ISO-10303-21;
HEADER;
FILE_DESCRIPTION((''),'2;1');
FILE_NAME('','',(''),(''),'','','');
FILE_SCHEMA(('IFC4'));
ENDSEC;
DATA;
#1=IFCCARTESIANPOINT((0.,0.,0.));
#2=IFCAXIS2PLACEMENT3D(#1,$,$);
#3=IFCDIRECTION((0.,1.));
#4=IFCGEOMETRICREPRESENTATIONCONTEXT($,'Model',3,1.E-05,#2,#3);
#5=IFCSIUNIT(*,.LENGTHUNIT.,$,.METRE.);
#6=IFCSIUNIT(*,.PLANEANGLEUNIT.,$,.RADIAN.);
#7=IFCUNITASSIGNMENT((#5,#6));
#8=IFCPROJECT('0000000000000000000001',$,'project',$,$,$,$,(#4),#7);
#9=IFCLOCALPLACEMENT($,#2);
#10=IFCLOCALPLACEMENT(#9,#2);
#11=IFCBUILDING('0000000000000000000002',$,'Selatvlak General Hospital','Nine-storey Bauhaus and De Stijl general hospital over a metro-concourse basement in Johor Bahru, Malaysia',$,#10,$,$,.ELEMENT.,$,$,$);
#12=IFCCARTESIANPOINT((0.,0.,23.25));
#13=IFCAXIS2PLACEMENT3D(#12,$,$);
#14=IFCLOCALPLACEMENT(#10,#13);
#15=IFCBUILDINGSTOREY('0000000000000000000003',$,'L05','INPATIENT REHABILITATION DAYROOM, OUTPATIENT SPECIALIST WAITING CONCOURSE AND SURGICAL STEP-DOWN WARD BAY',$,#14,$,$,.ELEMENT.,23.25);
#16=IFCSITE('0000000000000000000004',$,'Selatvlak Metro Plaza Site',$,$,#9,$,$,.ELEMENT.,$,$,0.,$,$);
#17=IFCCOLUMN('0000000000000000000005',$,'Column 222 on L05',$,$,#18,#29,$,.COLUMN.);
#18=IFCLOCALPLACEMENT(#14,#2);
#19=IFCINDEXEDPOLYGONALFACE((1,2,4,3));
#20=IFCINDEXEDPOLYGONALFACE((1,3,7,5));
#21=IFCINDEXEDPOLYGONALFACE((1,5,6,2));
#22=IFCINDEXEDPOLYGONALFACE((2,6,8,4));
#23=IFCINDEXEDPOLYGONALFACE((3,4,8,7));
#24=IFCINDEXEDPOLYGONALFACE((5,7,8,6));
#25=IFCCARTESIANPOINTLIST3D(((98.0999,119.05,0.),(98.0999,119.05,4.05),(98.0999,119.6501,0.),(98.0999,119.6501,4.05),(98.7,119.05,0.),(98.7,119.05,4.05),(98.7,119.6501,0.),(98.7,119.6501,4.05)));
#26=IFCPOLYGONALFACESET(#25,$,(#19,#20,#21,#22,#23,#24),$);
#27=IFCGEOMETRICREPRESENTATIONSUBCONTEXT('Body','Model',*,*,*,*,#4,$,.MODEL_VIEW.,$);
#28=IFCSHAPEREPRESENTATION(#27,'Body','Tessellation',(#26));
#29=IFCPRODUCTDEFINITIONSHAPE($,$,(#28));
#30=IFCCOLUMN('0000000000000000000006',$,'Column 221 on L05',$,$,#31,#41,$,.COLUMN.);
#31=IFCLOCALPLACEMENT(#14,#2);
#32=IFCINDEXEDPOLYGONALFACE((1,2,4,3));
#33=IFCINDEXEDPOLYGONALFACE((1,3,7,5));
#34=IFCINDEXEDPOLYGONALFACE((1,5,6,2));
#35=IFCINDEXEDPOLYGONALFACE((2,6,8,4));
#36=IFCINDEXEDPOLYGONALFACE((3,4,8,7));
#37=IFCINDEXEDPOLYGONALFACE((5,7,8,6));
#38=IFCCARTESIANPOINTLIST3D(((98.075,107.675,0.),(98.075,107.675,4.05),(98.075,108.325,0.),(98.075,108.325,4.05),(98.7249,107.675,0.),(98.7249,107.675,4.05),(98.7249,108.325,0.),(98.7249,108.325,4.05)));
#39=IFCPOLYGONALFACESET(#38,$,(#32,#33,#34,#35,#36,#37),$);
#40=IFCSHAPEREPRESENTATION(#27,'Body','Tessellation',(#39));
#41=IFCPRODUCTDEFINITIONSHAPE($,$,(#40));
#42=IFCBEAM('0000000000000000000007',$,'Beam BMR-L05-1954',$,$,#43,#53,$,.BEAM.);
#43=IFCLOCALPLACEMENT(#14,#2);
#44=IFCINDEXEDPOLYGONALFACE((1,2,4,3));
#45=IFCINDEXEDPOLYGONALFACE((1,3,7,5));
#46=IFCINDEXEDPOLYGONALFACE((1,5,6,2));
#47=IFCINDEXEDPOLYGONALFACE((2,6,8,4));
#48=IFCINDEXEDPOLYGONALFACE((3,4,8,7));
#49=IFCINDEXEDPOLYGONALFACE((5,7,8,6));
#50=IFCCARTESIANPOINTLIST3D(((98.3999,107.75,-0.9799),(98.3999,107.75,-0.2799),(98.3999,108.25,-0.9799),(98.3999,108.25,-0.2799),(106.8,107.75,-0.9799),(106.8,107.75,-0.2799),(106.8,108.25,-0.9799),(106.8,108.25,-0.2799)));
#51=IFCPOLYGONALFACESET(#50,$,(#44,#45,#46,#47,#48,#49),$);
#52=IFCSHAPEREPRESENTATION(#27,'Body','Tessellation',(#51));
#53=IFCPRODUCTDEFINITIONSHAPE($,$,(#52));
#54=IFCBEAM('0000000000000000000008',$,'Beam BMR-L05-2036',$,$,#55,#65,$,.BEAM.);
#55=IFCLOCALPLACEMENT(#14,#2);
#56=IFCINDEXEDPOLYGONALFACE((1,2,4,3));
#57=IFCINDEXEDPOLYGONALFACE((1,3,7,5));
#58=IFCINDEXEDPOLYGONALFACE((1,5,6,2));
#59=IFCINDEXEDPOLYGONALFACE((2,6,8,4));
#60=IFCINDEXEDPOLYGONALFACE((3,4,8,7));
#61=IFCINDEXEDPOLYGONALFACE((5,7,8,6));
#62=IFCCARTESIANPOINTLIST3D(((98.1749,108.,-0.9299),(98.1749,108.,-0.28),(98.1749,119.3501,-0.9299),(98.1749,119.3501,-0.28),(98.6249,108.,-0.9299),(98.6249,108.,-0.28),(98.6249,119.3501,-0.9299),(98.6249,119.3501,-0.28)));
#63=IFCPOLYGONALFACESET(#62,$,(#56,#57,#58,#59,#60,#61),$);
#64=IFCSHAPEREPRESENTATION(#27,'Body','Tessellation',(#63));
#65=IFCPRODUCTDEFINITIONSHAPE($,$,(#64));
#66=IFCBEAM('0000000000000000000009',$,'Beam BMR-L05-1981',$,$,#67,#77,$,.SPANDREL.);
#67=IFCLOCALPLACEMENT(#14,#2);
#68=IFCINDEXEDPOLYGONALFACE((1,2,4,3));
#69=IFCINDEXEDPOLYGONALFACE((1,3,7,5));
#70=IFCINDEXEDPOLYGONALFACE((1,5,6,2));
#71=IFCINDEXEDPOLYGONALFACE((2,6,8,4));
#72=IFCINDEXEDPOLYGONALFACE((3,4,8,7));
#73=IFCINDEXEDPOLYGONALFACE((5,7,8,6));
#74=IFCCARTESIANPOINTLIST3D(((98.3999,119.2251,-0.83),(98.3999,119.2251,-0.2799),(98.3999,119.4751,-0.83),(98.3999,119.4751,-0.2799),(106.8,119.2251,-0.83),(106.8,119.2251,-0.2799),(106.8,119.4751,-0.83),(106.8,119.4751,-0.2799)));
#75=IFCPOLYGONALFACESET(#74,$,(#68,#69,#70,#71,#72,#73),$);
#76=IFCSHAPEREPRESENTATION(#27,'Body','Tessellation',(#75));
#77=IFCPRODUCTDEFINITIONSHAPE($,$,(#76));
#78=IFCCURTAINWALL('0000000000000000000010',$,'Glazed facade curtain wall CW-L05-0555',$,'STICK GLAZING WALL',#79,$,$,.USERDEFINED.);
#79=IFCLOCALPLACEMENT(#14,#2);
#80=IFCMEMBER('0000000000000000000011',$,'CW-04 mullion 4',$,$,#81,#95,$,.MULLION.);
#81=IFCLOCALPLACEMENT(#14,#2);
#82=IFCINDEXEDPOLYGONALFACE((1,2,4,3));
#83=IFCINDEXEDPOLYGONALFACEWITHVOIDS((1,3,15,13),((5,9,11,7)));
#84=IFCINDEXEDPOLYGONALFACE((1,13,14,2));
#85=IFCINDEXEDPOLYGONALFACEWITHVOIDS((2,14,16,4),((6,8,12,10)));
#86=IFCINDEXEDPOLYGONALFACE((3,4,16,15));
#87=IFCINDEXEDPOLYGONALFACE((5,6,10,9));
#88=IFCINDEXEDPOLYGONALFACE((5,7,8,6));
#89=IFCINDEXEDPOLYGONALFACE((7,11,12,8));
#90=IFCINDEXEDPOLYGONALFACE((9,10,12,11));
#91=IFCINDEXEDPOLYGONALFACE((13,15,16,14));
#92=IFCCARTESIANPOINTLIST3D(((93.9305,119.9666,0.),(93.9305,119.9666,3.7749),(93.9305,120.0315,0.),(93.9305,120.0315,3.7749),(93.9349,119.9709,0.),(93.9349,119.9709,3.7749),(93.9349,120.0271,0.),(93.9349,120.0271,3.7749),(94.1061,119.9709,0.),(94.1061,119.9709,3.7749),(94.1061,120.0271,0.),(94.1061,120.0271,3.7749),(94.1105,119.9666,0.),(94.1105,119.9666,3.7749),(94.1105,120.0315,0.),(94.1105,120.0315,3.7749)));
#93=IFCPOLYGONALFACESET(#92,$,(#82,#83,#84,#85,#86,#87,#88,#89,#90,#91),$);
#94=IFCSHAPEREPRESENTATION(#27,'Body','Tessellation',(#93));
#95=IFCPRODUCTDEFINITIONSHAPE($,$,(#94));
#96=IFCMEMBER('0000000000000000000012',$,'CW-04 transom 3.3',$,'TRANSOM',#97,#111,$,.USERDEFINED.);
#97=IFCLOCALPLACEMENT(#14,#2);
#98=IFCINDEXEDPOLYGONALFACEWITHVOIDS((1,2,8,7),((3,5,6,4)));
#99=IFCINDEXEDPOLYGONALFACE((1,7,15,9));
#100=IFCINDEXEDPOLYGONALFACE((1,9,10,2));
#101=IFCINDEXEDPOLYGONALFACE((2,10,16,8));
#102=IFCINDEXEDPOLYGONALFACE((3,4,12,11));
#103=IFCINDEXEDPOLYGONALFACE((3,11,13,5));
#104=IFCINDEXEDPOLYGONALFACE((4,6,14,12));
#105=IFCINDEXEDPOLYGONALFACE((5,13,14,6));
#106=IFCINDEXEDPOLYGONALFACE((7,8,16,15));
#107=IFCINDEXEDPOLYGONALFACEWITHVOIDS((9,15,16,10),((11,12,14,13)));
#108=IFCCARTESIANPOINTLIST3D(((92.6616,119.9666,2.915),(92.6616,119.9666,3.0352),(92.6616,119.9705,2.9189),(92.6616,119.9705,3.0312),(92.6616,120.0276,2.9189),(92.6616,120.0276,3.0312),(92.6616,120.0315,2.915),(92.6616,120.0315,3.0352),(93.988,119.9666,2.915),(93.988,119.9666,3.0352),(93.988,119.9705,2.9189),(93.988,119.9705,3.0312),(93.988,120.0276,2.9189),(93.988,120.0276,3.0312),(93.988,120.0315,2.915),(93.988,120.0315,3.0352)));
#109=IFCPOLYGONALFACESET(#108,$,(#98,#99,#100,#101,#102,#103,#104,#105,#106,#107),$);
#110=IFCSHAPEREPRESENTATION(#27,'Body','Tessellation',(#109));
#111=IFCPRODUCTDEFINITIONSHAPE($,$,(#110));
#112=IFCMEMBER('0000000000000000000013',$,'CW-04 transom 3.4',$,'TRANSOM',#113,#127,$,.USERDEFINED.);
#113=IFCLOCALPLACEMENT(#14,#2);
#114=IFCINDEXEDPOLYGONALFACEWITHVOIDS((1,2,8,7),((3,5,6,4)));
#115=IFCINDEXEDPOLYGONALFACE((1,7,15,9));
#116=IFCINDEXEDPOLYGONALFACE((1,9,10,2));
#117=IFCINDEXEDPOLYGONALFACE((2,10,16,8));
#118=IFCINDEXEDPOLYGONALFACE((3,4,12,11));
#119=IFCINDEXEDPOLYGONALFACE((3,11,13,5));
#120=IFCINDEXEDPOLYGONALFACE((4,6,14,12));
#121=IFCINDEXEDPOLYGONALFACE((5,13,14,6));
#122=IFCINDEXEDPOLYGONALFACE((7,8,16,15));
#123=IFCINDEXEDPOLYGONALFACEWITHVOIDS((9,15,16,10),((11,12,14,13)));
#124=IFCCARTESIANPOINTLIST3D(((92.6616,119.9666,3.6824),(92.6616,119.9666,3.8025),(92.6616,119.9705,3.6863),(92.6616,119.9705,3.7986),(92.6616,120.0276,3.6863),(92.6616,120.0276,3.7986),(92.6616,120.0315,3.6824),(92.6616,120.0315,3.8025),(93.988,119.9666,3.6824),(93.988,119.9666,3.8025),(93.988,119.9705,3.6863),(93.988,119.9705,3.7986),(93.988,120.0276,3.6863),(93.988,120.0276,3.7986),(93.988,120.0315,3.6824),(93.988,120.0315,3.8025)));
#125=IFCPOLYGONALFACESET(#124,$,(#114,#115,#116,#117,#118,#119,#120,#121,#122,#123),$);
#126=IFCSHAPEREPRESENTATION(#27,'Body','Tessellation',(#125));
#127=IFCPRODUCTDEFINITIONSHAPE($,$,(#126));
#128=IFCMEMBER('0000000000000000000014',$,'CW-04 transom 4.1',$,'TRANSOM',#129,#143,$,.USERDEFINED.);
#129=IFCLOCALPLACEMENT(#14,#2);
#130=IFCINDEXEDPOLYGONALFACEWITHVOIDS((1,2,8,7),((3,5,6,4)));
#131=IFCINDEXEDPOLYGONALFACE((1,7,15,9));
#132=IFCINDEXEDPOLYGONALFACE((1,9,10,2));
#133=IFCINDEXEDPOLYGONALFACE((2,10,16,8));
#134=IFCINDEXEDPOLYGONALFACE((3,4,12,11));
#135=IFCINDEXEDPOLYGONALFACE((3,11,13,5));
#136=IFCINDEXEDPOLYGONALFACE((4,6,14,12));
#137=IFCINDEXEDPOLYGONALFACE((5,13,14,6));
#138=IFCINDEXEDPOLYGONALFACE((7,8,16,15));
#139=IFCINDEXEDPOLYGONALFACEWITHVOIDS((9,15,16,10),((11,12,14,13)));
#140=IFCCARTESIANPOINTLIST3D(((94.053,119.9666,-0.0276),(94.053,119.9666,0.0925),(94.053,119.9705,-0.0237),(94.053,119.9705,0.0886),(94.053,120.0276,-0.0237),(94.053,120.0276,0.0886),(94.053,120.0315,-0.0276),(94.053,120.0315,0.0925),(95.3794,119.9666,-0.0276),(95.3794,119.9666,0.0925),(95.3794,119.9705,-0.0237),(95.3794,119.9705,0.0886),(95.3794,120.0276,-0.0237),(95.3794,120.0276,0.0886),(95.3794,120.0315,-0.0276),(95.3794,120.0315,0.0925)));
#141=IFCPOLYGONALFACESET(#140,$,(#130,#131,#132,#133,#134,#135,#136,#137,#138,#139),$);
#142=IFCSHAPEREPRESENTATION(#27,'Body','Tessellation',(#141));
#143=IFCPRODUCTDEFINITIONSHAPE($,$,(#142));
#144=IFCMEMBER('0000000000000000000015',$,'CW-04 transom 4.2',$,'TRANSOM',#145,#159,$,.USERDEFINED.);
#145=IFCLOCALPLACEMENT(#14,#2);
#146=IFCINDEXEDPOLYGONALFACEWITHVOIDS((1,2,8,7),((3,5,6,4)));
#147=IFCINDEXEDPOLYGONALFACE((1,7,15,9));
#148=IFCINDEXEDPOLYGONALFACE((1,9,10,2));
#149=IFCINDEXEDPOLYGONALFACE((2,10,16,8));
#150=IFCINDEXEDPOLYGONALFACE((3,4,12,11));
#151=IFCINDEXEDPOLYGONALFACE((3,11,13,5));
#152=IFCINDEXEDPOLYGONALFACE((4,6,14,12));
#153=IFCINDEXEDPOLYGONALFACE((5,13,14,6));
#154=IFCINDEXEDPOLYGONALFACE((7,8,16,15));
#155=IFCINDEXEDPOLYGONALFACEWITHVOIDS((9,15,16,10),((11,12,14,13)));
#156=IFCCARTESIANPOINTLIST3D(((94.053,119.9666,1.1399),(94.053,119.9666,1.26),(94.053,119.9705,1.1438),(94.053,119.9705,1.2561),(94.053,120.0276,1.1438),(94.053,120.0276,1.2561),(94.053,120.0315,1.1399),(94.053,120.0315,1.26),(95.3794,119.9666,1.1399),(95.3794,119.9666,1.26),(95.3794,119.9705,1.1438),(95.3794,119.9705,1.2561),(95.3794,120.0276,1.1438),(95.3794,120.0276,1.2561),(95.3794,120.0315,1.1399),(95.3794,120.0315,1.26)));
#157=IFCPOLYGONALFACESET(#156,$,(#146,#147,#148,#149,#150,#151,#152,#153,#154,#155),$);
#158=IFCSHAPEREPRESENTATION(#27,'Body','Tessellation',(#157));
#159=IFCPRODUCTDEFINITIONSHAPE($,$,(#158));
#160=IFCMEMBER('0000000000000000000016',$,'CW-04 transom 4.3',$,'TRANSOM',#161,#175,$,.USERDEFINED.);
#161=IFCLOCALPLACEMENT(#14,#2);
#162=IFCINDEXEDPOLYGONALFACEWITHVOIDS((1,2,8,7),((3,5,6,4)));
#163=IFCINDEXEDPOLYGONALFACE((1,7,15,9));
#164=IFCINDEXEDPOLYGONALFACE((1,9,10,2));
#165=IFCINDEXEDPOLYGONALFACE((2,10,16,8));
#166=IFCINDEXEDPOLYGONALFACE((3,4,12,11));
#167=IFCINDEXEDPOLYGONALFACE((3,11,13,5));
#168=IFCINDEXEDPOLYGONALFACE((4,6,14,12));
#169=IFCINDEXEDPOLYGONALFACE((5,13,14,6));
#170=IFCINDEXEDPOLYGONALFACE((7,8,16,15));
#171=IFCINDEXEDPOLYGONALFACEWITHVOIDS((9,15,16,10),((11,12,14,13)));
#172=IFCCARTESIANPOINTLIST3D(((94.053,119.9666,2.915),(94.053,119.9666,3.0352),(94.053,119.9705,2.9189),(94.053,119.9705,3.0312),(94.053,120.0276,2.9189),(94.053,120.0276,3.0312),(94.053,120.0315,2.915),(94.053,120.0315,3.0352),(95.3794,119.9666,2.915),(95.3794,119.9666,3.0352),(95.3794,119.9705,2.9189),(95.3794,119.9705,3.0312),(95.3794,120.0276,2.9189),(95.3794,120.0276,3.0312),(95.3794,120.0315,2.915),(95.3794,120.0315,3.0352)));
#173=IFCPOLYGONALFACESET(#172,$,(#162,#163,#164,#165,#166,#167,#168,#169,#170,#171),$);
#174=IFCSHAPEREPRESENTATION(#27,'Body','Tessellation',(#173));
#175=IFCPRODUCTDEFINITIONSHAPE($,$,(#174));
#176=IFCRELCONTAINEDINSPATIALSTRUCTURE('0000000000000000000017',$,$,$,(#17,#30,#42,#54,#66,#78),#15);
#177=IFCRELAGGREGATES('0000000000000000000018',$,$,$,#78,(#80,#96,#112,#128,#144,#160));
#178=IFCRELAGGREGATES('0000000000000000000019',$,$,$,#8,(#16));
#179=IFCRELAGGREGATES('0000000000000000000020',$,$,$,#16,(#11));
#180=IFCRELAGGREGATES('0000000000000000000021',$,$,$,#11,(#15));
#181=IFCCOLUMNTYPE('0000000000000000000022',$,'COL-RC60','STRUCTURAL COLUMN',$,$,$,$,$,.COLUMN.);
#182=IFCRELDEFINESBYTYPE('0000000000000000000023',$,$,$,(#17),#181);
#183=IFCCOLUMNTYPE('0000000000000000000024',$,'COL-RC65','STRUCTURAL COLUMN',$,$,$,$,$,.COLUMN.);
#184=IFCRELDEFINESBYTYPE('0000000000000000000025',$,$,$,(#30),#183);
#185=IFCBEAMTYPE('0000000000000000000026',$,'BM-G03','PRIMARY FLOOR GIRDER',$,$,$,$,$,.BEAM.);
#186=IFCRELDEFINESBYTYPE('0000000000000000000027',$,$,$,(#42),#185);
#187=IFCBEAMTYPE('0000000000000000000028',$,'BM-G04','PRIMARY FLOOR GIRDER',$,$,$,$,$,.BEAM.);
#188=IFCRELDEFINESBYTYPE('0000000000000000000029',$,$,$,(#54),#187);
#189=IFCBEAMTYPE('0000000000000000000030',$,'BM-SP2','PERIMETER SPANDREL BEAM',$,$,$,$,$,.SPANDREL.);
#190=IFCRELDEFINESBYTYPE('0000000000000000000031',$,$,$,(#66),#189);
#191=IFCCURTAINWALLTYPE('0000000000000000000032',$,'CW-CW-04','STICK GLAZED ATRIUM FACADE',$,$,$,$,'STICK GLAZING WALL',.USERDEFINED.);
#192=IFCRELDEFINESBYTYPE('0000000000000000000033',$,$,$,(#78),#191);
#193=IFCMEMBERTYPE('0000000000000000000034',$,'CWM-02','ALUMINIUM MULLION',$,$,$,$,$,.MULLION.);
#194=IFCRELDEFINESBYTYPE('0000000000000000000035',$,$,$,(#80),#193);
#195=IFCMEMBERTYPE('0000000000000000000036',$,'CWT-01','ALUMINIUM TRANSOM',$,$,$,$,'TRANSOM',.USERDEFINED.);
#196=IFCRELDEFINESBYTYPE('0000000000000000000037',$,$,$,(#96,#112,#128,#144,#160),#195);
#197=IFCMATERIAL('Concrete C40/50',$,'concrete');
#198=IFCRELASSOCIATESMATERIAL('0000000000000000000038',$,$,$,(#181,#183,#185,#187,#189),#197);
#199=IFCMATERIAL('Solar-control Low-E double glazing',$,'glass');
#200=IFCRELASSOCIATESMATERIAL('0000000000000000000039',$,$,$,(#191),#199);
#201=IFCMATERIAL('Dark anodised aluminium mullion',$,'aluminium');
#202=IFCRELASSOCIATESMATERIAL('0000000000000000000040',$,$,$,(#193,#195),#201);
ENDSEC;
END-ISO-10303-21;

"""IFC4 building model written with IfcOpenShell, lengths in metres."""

from ifc_helpers import new_model, si_unit, direction, frame, origin, origin_2d, place, context, subcontext, project, spatial, rectangle, hollow_rectangle, extrude, material, material_profile, profile_set, type_object, element, aggregate, save


model = new_model("IFC4")

# Units and contexts
model_context = context("Model", 3, precision=1e-05, world=origin(), true_north=direction((0.0, 1.0)))
body_context = subcontext(model_context, "Body", "Model", "MODEL_VIEW")
ifc_project = project(units=[si_unit("LENGTHUNIT", "METRE"), si_unit("PLANEANGLEUNIT", "RADIAN")], contexts=[model_context])

# Site, building, storey
site_placement = place(None, origin())
site = spatial("IfcSite", under=ifc_project, at=site_placement, Name="Selatvlak Metro Plaza Site", CompositionType="ELEMENT", RefElevation=0.0)
building_placement = place(site_placement, origin())
building = spatial("IfcBuilding", under=site, at=building_placement, Name="Selatvlak General Hospital", Description="Nine-storey Bauhaus and De Stijl general hospital over a metro-concourse basement in Johor Bahru, Malaysia", CompositionType="ELEMENT")
storey_placement = place(building_placement, frame((0.0, 0.0, 23.25)))
storey = spatial("IfcBuildingStorey", under=building, at=storey_placement, Name="L05", Description="INPATIENT REHABILITATION DAYROOM, OUTPATIENT SPECIALIST WAITING CONCOURSE AND SURGICAL STEP-DOWN WARD BAY", CompositionType="ELEMENT", Elevation=23.25)

# Columns
ifc_material_1 = material(Name="Concrete C40/50", Category="concrete")
ifc_material_profile_1 = material_profile(ifc_material_1, rectangle(XDim=0.6001, YDim=0.6001, at=origin_2d()), Name="RC-COL 600x600")
ifc_profile_set_1 = profile_set([ifc_material_profile_1], Name="Concrete C40/50")
column_type_1 = type_object("IfcColumnType", Name="COL-RC60", Description="STRUCTURAL COLUMN", PredefinedType="COLUMN", material=ifc_profile_set_1)
column_1_placement = place(storey_placement, frame((98.3999, 119.3501, 0.0), z_axis=(0.0, 0.0, 1.0), x_axis=(1.0, 0.0, 0.0)))
element("IfcColumn", 1, at=column_1_placement, inside=storey, type_object=column_type_1, Name="Column 222 on L05", PredefinedType="COLUMN", context=body_context, shape_type="SweptSolid", body=[
    extrude(rectangle(XDim=0.6001, YDim=0.6001, at=origin_2d()), origin(), (0.0, 0.0, 1.0), 4.05),
])
ifc_material_profile_2 = material_profile(ifc_material_1, rectangle(XDim=0.6499, YDim=0.6499, at=origin_2d()), Name="RC-COL 650x650")
ifc_profile_set_2 = profile_set([ifc_material_profile_2], Name="Concrete C40/50")
column_type_2 = type_object("IfcColumnType", Name="COL-RC65", Description="STRUCTURAL COLUMN", PredefinedType="COLUMN", material=ifc_profile_set_2)
column_2_placement = place(storey_placement, frame((98.3999, 108.0, 0.0), z_axis=(0.0, 0.0, 1.0), x_axis=(1.0, 0.0, 0.0)))
element("IfcColumn", 2, at=column_2_placement, inside=storey, type_object=column_type_2, Name="Column 221 on L05", PredefinedType="COLUMN", context=body_context, shape_type="SweptSolid", body=[
    extrude(rectangle(XDim=0.6499, YDim=0.6499, at=origin_2d()), origin(), (0.0, 0.0, 1.0), 4.05),
])

# Beams
ifc_material_profile_3 = material_profile(ifc_material_1, rectangle(XDim=0.5, YDim=0.7, at=origin_2d()), Name="RC-BM 500x700")
ifc_profile_set_3 = profile_set([ifc_material_profile_3], Name="Concrete C40/50")
beam_type_1 = type_object("IfcBeamType", Name="BM-G03", Description="PRIMARY FLOOR GIRDER", PredefinedType="BEAM", material=ifc_profile_set_3)
beam_1_placement = place(storey_placement, frame((98.3999, 108.0, -0.6299), z_axis=(1.0, 0.0, 0.0), x_axis=(0.0, 1.0, 0.0)))
element("IfcBeam", 3, at=beam_1_placement, inside=storey, type_object=beam_type_1, Name="Beam BMR-L05-1954", PredefinedType="BEAM", context=body_context, shape_type="SweptSolid", body=[
    extrude(rectangle(XDim=0.5, YDim=0.7, at=origin_2d()), origin(), (0.0, 0.0, 1.0), 8.4001),
])
ifc_material_profile_4 = material_profile(ifc_material_1, rectangle(XDim=0.45, YDim=0.6499, at=origin_2d()), Name="RC-BM 450x650")
ifc_profile_set_4 = profile_set([ifc_material_profile_4], Name="Concrete C40/50")
beam_type_2 = type_object("IfcBeamType", Name="BM-G04", Description="PRIMARY FLOOR GIRDER", PredefinedType="BEAM", material=ifc_profile_set_4)
beam_2_placement = place(storey_placement, frame((98.3999, 108.0, -0.605), z_axis=(0.0, 1.0, 0.0), x_axis=(-1.0, 0.0, 0.0)))
element("IfcBeam", 4, at=beam_2_placement, inside=storey, type_object=beam_type_2, Name="Beam BMR-L05-2036", PredefinedType="BEAM", context=body_context, shape_type="SweptSolid", body=[
    extrude(rectangle(XDim=0.45, YDim=0.6499, at=origin_2d()), origin(), (0.0, 0.0, 1.0), 11.3501),
])
ifc_material_profile_5 = material_profile(ifc_material_1, rectangle(XDim=0.25, YDim=0.55, at=origin_2d()), Name="RC-SP 250x550")
ifc_profile_set_5 = profile_set([ifc_material_profile_5], Name="Concrete C40/50")
beam_type_3 = type_object("IfcBeamType", Name="BM-SP2", Description="PERIMETER SPANDREL BEAM", PredefinedType="SPANDREL", material=ifc_profile_set_5)
beam_3_placement = place(storey_placement, frame((98.3999, 119.3501, -0.5549), z_axis=(1.0, 0.0, 0.0), x_axis=(0.0, 1.0, 0.0)))
element("IfcBeam", 5, at=beam_3_placement, inside=storey, type_object=beam_type_3, Name="Beam BMR-L05-1981", PredefinedType="SPANDREL", context=body_context, shape_type="SweptSolid", body=[
    extrude(rectangle(XDim=0.25, YDim=0.55, at=origin_2d()), origin(), (0.0, 0.0, 1.0), 8.4001),
])

# Curtain wall, members
ifc_material_2 = material(Name="Solar-control Low-E double glazing", Category="glass")
curtain_wall_type = type_object("IfcCurtainWallType", Name="CW-CW-04", Description="STICK GLAZED ATRIUM FACADE", ElementType="STICK GLAZING WALL", PredefinedType="USERDEFINED", material=ifc_material_2)
curtain_wall_placement = place(storey_placement, origin())
curtain_wall = element("IfcCurtainWall", 6, at=curtain_wall_placement, inside=storey, type_object=curtain_wall_type, Name="Glazed facade curtain wall CW-L05-0555", ObjectType="STICK GLAZING WALL", PredefinedType="USERDEFINED")
ifc_material_3 = material(Name="Dark anodised aluminium mullion", Category="aluminium")
ifc_material_profile_6 = material_profile(ifc_material_3, hollow_rectangle(XDim=0.0649, YDim=0.1799, WallThickness=0.0044, at=origin_2d()), Name="AL-MUL 65x180x4.5")
ifc_profile_set_6 = profile_set([ifc_material_profile_6], Name="Dark anodised aluminium mullion")
member_type_1 = type_object("IfcMemberType", Name="CWM-02", Description="ALUMINIUM MULLION", PredefinedType="MULLION", material=ifc_profile_set_6)
member_1_placement = place(storey_placement, frame((94.0205, 119.999, 0.0), z_axis=(0.0, 0.0, 1.0), x_axis=(0.0, 1.0, 0.0)))
member_1 = element("IfcMember", 7, at=member_1_placement, type_object=member_type_1, Name="CW-04 mullion 4", PredefinedType="MULLION", context=body_context, shape_type="SweptSolid", body=[
    extrude(hollow_rectangle(XDim=0.0649, YDim=0.1799, WallThickness=0.0044, at=origin_2d()), origin(), (0.0, 0.0, 1.0), 3.7749),
])
ifc_material_profile_7 = material_profile(ifc_material_3, hollow_rectangle(XDim=0.0649, YDim=0.1201, WallThickness=0.0039, at=origin_2d()), Name="AL-TRN 65x120x4")
ifc_profile_set_7 = profile_set([ifc_material_profile_7], Name="Dark anodised aluminium mullion")
member_type_2 = type_object("IfcMemberType", Name="CWT-01", Description="ALUMINIUM TRANSOM", ElementType="TRANSOM", PredefinedType="USERDEFINED", material=ifc_profile_set_7)
member_2_placement = place(storey_placement, frame((92.6616, 119.999, 2.9751), z_axis=(1.0, 0.0, 0.0), x_axis=(0.0, 1.0, 0.0)))
member_2 = element("IfcMember", 8, at=member_2_placement, type_object=member_type_2, Name="CW-04 transom 3.3", ObjectType="TRANSOM", PredefinedType="USERDEFINED", context=body_context, shape_type="SweptSolid", body=[
    extrude(hollow_rectangle(XDim=0.0649, YDim=0.1201, WallThickness=0.0039, at=origin_2d()), origin(), (0.0, 0.0, 1.0), 1.3264),
])
member_3_placement = place(storey_placement, frame((92.6616, 119.999, 3.7424), z_axis=(1.0, 0.0, 0.0), x_axis=(0.0, 1.0, 0.0)))
member_3 = element("IfcMember", 9, at=member_3_placement, type_object=member_type_2, Name="CW-04 transom 3.4", ObjectType="TRANSOM", PredefinedType="USERDEFINED", context=body_context, shape_type="SweptSolid", body=[
    extrude(hollow_rectangle(XDim=0.0649, YDim=0.1201, WallThickness=0.0039, at=origin_2d()), origin(), (0.0, 0.0, 1.0), 1.3264),
])
member_4_placement = place(storey_placement, frame((94.053, 119.999, 0.0325), z_axis=(1.0, 0.0, 0.0), x_axis=(0.0, 1.0, 0.0)))
member_4 = element("IfcMember", 10, at=member_4_placement, type_object=member_type_2, Name="CW-04 transom 4.1", ObjectType="TRANSOM", PredefinedType="USERDEFINED", context=body_context, shape_type="SweptSolid", body=[
    extrude(hollow_rectangle(XDim=0.0649, YDim=0.1201, WallThickness=0.0039, at=origin_2d()), origin(), (0.0, 0.0, 1.0), 1.3264),
])
member_5_placement = place(storey_placement, frame((94.053, 119.999, 1.2), z_axis=(1.0, 0.0, 0.0), x_axis=(0.0, 1.0, 0.0)))
member_5 = element("IfcMember", 11, at=member_5_placement, type_object=member_type_2, Name="CW-04 transom 4.2", ObjectType="TRANSOM", PredefinedType="USERDEFINED", context=body_context, shape_type="SweptSolid", body=[
    extrude(hollow_rectangle(XDim=0.0649, YDim=0.1201, WallThickness=0.0039, at=origin_2d()), origin(), (0.0, 0.0, 1.0), 1.3264),
])
member_6_placement = place(storey_placement, frame((94.053, 119.999, 2.9751), z_axis=(1.0, 0.0, 0.0), x_axis=(0.0, 1.0, 0.0)))
member_6 = element("IfcMember", 12, at=member_6_placement, type_object=member_type_2, Name="CW-04 transom 4.3", ObjectType="TRANSOM", PredefinedType="USERDEFINED", context=body_context, shape_type="SweptSolid", body=[
    extrude(hollow_rectangle(XDim=0.0649, YDim=0.1201, WallThickness=0.0039, at=origin_2d()), origin(), (0.0, 0.0, 1.0), 1.3264),
])
aggregate(curtain_wall, [member_1, member_2, member_3, member_4, member_5, member_6])

save(model, "model.ifc")
